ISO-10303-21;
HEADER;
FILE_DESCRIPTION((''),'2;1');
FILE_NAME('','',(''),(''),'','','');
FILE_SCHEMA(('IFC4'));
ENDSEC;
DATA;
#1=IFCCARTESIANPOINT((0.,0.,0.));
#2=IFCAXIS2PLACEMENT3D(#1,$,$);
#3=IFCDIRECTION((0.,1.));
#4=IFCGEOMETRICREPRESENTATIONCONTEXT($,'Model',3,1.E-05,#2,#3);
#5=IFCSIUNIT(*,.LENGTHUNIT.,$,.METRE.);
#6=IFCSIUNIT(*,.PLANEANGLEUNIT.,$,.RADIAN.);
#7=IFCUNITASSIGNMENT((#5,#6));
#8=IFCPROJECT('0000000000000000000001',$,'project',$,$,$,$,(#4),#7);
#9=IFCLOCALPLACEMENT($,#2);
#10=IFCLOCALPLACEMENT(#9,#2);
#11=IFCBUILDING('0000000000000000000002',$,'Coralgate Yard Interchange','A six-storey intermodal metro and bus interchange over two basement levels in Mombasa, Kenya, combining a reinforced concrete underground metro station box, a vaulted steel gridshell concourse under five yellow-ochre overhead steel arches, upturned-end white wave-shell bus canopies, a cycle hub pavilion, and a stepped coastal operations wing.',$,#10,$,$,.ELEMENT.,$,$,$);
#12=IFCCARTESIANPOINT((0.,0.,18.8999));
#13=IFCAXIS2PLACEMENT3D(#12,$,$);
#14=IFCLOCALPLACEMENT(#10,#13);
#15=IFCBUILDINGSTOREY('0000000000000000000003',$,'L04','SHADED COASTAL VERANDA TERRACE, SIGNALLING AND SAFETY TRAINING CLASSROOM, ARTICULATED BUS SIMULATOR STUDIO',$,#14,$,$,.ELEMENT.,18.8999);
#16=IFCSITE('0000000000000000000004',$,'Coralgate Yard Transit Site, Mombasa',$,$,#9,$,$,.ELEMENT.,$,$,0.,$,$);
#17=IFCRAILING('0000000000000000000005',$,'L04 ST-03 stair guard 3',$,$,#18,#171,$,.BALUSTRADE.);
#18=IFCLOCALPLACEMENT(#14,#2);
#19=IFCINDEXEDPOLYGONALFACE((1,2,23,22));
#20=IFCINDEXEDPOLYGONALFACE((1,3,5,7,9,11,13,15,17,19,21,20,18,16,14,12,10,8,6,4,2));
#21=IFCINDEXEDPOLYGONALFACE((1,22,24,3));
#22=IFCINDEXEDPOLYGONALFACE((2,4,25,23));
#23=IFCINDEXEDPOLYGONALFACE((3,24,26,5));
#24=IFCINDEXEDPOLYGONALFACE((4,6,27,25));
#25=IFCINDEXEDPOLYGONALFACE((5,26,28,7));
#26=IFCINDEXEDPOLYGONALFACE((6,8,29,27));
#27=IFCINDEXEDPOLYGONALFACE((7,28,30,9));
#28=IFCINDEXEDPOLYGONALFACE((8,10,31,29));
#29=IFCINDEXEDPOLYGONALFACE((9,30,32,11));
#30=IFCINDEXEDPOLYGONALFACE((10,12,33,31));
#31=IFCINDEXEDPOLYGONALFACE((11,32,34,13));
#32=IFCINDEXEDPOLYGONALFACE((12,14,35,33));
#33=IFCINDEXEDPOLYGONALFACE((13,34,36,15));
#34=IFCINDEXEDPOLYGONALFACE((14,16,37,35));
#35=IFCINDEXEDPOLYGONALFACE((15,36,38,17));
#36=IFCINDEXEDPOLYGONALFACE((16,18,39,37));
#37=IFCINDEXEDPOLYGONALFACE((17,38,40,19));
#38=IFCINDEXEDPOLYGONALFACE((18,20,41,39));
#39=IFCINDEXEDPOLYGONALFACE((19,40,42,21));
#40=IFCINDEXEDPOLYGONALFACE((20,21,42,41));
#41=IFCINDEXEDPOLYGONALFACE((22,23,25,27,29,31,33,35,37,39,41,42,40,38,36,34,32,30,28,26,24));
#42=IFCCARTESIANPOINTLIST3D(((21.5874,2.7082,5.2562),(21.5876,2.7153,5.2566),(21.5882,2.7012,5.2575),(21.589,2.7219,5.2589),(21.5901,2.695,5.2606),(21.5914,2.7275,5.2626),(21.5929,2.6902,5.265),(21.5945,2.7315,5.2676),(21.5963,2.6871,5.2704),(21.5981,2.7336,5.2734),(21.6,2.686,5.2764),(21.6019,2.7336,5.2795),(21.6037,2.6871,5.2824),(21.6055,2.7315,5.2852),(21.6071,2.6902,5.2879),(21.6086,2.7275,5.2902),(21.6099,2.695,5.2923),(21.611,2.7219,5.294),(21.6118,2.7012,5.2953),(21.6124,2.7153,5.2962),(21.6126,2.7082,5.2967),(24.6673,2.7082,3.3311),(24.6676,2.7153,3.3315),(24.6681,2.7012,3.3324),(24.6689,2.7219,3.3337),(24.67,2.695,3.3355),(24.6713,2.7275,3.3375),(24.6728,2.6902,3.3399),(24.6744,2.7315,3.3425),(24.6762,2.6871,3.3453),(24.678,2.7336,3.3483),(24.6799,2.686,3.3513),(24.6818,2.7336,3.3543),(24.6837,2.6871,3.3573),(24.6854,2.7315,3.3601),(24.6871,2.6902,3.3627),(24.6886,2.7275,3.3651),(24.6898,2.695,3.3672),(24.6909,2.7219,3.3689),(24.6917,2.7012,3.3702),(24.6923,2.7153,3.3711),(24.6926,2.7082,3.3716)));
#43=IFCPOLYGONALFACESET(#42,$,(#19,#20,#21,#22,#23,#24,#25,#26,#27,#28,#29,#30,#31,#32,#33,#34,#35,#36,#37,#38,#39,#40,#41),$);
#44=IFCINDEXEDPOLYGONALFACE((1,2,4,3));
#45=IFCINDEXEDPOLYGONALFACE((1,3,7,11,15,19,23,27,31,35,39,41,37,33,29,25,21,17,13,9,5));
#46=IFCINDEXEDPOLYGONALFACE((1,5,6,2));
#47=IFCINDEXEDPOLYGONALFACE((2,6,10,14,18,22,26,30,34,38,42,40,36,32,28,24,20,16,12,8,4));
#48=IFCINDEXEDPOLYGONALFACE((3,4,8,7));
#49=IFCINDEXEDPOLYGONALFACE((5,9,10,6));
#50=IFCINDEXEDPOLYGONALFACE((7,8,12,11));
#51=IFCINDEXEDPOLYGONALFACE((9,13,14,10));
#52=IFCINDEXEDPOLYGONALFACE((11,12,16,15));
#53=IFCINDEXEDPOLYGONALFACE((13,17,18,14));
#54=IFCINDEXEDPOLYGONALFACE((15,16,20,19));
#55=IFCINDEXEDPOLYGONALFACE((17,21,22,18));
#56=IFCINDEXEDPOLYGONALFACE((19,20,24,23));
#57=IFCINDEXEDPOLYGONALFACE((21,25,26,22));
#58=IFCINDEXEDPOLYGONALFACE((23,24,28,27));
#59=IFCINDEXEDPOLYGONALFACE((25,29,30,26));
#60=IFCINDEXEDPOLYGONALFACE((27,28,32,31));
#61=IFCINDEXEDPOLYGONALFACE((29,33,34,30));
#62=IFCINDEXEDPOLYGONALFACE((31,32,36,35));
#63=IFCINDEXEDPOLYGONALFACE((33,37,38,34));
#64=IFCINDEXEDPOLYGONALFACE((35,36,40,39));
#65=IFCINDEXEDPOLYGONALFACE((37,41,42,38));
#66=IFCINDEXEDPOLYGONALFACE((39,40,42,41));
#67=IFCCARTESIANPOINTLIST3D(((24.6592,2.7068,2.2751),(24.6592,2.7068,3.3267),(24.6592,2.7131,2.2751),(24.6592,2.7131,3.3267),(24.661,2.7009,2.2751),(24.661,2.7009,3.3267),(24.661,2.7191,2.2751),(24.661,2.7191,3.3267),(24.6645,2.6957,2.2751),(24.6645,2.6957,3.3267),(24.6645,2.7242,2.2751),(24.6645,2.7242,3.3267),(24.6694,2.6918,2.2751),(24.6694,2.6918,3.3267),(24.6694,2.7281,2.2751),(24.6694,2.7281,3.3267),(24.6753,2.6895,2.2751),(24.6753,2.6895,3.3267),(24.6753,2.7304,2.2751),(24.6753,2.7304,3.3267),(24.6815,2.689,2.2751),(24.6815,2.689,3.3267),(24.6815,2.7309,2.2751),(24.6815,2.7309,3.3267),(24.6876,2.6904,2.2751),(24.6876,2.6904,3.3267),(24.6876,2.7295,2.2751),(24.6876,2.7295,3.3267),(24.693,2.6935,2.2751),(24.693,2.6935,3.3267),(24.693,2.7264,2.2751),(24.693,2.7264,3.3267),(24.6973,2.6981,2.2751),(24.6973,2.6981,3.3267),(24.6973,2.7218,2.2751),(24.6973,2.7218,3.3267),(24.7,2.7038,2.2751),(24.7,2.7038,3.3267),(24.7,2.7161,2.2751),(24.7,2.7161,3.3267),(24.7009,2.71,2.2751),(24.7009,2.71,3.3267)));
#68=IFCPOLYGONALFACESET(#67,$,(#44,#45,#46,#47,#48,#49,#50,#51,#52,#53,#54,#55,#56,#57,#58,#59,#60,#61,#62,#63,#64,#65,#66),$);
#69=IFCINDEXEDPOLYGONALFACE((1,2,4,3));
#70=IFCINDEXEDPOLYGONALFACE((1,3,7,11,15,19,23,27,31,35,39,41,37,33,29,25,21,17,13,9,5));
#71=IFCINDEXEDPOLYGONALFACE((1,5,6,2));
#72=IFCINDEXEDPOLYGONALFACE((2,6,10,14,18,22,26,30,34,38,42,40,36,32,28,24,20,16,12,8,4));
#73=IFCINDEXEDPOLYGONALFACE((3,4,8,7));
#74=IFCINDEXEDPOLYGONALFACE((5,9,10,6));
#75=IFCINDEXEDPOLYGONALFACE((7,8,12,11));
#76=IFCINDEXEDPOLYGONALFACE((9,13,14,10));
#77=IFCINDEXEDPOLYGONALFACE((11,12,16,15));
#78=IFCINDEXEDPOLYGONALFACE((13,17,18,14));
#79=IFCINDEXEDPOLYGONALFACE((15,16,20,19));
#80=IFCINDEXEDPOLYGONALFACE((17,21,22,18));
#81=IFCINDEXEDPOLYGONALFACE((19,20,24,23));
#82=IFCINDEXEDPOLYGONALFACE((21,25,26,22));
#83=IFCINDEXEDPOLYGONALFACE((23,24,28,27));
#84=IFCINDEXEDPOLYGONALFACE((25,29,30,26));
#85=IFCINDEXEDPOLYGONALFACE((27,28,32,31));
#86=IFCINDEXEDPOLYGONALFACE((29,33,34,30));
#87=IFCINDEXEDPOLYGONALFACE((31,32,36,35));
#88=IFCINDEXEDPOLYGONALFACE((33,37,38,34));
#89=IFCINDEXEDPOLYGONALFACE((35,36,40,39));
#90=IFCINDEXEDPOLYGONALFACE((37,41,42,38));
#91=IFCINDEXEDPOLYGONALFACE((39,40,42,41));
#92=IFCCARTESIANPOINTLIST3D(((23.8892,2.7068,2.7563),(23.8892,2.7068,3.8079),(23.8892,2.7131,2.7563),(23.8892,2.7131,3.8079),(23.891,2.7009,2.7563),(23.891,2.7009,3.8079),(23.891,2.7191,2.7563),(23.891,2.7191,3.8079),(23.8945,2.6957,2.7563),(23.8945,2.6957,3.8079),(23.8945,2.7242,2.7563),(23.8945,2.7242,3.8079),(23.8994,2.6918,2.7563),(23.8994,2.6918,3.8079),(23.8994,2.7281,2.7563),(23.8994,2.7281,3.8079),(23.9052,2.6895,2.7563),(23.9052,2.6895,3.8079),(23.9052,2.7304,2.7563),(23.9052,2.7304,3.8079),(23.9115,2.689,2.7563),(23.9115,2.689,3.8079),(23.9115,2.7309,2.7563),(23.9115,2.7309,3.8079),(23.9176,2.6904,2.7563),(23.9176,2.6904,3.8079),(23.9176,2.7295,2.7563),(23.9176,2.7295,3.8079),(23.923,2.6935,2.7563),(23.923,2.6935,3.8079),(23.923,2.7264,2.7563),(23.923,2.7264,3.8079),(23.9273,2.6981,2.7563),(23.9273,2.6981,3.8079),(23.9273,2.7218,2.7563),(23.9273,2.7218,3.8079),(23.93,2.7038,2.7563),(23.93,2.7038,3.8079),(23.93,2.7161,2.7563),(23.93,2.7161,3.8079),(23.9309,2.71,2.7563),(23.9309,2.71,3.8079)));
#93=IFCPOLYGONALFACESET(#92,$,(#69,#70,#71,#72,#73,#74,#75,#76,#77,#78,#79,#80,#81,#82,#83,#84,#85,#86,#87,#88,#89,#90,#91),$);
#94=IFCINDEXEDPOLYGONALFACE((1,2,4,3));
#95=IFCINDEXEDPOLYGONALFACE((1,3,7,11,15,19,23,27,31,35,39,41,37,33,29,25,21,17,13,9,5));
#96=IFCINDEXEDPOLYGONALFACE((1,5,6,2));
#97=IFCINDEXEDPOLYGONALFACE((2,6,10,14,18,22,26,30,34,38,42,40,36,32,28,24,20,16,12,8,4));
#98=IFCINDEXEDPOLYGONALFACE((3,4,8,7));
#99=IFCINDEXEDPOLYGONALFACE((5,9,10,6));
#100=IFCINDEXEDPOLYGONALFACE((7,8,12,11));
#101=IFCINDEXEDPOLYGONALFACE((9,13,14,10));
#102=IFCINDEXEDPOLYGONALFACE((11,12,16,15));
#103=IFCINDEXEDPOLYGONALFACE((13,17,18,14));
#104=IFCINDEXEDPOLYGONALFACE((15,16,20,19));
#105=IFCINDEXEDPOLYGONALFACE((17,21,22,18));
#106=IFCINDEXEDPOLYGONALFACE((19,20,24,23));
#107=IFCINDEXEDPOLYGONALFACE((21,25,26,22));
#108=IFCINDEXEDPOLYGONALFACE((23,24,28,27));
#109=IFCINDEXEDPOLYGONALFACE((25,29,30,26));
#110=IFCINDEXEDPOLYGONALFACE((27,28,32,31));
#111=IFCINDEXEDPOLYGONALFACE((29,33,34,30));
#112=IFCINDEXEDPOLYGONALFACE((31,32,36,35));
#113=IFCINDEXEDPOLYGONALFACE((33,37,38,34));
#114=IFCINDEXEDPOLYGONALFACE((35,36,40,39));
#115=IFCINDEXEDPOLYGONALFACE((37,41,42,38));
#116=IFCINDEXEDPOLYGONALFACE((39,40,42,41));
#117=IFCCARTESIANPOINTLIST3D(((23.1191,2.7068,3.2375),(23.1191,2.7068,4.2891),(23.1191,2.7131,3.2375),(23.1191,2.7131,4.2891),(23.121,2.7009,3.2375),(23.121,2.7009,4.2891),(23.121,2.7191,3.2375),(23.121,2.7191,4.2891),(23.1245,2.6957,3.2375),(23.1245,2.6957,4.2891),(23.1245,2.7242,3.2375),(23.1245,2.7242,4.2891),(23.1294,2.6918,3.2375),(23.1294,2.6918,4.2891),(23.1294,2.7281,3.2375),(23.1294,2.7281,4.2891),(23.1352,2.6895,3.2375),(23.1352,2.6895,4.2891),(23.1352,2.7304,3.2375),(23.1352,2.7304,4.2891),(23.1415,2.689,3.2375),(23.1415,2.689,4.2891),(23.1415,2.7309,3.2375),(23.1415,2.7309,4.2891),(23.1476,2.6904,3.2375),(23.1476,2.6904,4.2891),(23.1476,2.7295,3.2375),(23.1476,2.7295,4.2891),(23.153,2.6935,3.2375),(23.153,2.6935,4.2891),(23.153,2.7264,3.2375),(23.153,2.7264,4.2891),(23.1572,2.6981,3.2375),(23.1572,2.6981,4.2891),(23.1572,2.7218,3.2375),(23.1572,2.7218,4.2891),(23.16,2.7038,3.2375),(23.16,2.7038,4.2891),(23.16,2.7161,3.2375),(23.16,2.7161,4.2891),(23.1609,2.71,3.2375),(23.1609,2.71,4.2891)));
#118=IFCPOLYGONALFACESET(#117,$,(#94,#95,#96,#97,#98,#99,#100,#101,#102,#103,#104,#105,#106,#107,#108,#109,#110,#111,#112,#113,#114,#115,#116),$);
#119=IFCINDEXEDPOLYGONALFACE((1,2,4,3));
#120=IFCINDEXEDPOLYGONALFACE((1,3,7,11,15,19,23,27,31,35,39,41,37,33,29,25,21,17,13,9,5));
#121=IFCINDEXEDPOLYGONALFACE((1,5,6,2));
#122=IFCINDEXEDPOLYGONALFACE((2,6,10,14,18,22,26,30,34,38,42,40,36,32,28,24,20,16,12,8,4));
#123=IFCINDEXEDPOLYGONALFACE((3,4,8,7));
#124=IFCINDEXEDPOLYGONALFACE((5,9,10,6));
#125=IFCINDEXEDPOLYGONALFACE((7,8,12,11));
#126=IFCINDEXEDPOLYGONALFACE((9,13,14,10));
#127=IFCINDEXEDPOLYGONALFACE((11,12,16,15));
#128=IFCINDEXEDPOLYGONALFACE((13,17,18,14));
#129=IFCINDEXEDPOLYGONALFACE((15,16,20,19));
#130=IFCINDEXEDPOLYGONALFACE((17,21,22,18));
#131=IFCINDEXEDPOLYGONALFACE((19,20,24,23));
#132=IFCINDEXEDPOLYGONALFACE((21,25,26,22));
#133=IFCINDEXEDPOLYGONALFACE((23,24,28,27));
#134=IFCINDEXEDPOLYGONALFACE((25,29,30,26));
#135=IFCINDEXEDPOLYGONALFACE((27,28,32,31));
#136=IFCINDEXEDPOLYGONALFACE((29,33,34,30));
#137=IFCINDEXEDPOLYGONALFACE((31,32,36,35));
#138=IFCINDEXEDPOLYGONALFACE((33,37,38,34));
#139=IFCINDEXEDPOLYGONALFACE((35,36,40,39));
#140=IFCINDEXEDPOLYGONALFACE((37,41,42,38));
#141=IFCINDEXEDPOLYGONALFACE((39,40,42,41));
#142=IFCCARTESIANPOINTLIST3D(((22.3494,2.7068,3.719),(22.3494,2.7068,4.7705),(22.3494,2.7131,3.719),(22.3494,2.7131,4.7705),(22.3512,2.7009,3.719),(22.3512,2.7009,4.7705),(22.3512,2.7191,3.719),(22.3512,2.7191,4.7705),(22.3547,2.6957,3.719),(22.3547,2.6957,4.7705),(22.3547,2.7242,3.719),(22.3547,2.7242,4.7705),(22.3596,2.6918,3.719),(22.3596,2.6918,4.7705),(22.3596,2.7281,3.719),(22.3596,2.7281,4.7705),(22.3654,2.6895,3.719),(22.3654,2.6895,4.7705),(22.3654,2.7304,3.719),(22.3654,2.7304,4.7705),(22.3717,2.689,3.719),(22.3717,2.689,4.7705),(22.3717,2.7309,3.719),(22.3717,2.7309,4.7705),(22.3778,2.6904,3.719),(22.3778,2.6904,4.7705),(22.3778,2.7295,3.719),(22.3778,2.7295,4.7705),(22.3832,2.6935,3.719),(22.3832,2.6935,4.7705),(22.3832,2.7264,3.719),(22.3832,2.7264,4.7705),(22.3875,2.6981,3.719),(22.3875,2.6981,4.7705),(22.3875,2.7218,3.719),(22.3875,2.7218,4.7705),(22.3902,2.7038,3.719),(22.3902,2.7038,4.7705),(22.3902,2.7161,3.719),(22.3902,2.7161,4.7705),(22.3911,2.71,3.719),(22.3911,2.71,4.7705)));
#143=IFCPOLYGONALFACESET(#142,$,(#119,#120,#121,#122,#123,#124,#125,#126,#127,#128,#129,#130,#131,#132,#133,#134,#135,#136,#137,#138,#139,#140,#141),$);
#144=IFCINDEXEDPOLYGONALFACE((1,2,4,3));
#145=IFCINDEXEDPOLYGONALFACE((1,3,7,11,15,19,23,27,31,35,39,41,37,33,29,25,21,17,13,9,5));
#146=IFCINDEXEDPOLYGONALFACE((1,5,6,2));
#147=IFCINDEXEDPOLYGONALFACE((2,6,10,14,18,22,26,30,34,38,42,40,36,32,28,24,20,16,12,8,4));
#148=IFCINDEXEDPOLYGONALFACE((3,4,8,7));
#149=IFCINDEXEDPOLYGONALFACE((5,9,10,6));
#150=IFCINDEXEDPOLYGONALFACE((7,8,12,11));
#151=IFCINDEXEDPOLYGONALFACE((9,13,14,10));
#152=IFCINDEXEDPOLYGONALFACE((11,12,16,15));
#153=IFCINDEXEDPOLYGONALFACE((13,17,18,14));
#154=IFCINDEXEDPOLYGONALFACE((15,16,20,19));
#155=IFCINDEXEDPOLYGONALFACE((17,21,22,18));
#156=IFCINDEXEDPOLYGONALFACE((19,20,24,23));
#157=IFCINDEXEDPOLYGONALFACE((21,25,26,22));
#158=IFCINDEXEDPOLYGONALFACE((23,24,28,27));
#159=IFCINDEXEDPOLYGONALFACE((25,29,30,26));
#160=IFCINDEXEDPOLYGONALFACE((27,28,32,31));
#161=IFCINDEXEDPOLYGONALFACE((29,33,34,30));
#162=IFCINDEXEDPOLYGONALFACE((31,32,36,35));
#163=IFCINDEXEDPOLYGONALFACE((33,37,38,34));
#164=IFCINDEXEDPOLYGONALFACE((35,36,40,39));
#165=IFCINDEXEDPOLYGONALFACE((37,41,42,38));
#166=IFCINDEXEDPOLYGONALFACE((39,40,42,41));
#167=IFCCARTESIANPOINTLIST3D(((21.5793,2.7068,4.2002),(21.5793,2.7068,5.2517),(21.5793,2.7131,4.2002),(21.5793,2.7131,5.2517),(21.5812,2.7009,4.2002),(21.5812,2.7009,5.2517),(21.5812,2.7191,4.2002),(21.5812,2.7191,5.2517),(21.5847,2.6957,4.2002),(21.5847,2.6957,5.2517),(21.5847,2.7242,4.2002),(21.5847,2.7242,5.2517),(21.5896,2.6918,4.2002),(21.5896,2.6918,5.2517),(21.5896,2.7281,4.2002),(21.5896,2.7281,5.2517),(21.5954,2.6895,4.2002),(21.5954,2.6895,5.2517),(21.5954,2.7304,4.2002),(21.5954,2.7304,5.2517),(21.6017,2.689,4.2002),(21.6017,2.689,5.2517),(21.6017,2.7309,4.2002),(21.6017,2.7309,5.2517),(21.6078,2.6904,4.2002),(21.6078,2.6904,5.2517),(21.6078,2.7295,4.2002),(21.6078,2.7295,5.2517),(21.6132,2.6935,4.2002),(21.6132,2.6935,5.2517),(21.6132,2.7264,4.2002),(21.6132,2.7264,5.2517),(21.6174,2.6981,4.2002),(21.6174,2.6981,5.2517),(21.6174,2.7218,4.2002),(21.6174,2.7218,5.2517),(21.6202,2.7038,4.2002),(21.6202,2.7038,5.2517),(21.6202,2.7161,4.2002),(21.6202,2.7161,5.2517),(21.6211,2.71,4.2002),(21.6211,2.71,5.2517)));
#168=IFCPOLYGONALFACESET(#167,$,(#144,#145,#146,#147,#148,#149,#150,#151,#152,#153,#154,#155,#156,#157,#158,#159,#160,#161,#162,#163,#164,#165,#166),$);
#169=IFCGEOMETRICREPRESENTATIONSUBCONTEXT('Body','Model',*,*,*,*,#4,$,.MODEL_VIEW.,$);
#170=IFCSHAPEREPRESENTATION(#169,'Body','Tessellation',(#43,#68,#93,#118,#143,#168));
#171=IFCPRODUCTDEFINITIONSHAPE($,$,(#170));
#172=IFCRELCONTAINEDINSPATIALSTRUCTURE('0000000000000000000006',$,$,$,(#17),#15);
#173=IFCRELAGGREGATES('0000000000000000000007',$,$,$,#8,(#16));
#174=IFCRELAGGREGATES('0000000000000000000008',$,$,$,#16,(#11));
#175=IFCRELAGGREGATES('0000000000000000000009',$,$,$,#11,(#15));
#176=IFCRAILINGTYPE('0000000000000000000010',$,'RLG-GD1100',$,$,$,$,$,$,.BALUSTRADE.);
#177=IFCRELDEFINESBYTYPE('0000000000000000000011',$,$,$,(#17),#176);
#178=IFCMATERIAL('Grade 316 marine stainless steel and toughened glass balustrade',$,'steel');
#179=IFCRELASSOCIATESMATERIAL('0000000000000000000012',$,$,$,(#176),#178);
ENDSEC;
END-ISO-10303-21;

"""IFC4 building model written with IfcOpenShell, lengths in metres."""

from ifc_helpers import new_model, si_unit, direction, frame, origin, origin_2d, place, context, subcontext, project, spatial, circle, extrude, material, type_object, element, save


model = new_model("IFC4")

# Units and contexts
model_context = context("Model", 3, precision=1e-05, world=origin(), true_north=direction((0.0, 1.0)))
body_context = subcontext(model_context, "Body", "Model", "MODEL_VIEW")
ifc_project = project(units=[si_unit("LENGTHUNIT", "METRE"), si_unit("PLANEANGLEUNIT", "RADIAN")], contexts=[model_context])

# Site, building, storey
site_placement = place(None, origin())
site = spatial("IfcSite", under=ifc_project, at=site_placement, Name="Coralgate Yard Transit Site, Mombasa", CompositionType="ELEMENT", RefElevation=0.0)
building_placement = place(site_placement, origin())
building = spatial("IfcBuilding", under=site, at=building_placement, Name="Coralgate Yard Interchange", Description="A six-storey intermodal metro and bus interchange over two basement levels in Mombasa, Kenya, combining a reinforced concrete underground metro station box, a vaulted steel gridshell concourse under five yellow-ochre overhead steel arches, upturned-end white wave-shell bus canopies, a cycle hub pavilion, and a stepped coastal operations wing.", CompositionType="ELEMENT")
storey_placement = place(building_placement, frame((0.0, 0.0, 18.8999)))
storey = spatial("IfcBuildingStorey", under=building, at=storey_placement, Name="L04", Description="SHADED COASTAL VERANDA TERRACE, SIGNALLING AND SAFETY TRAINING CLASSROOM, ARTICULATED BUS SIMULATOR STUDIO", CompositionType="ELEMENT", Elevation=18.8999)

# Railing
ifc_material_1 = material(Name="Grade 316 marine stainless steel and toughened glass balustrade", Category="steel")
railing_type_1 = type_object("IfcRailingType", Name="RLG-GD1100", PredefinedType="BALUSTRADE", material=ifc_material_1)
railing_1_placement = place(storey_placement, frame((24.6799, 2.71, 2.2751)))
element("IfcRailing", 1, at=railing_1_placement, inside=storey, type_object=railing_type_1, Name="L04 ST-03 stair guard 3", PredefinedType="BALUSTRADE", context=body_context, shape_type="SweptSolid", body=[
    extrude(circle(Radius=0.0239, at=origin_2d()), frame((0.0, 0.0, 1.0762), z_axis=(-0.847979, 0.0, 0.530029), x_axis=(0.0, -1.0, 0.0)), (0.0, 0.0, 1.0), 3.6321),
    extrude(circle(Radius=0.021, at=origin_2d()), origin(), (0.0, 0.0, 1.0), 1.0515),
    extrude(circle(Radius=0.021, at=origin_2d()), frame((-0.77, 0.0, 0.4812)), (0.0, 0.0, 1.0), 1.0515),
    extrude(circle(Radius=0.021, at=origin_2d()), frame((-1.54, 0.0, 0.9624)), (0.0, 0.0, 1.0), 1.0515),
    extrude(circle(Radius=0.021, at=origin_2d()), frame((-2.3098, 0.0, 1.4438)), (0.0, 0.0, 1.0), 1.0515),
    extrude(circle(Radius=0.021, at=origin_2d()), frame((-3.0798, 0.0, 1.925)), (0.0, 0.0, 1.0), 1.0515),
])

save(model, "model.ifc")
